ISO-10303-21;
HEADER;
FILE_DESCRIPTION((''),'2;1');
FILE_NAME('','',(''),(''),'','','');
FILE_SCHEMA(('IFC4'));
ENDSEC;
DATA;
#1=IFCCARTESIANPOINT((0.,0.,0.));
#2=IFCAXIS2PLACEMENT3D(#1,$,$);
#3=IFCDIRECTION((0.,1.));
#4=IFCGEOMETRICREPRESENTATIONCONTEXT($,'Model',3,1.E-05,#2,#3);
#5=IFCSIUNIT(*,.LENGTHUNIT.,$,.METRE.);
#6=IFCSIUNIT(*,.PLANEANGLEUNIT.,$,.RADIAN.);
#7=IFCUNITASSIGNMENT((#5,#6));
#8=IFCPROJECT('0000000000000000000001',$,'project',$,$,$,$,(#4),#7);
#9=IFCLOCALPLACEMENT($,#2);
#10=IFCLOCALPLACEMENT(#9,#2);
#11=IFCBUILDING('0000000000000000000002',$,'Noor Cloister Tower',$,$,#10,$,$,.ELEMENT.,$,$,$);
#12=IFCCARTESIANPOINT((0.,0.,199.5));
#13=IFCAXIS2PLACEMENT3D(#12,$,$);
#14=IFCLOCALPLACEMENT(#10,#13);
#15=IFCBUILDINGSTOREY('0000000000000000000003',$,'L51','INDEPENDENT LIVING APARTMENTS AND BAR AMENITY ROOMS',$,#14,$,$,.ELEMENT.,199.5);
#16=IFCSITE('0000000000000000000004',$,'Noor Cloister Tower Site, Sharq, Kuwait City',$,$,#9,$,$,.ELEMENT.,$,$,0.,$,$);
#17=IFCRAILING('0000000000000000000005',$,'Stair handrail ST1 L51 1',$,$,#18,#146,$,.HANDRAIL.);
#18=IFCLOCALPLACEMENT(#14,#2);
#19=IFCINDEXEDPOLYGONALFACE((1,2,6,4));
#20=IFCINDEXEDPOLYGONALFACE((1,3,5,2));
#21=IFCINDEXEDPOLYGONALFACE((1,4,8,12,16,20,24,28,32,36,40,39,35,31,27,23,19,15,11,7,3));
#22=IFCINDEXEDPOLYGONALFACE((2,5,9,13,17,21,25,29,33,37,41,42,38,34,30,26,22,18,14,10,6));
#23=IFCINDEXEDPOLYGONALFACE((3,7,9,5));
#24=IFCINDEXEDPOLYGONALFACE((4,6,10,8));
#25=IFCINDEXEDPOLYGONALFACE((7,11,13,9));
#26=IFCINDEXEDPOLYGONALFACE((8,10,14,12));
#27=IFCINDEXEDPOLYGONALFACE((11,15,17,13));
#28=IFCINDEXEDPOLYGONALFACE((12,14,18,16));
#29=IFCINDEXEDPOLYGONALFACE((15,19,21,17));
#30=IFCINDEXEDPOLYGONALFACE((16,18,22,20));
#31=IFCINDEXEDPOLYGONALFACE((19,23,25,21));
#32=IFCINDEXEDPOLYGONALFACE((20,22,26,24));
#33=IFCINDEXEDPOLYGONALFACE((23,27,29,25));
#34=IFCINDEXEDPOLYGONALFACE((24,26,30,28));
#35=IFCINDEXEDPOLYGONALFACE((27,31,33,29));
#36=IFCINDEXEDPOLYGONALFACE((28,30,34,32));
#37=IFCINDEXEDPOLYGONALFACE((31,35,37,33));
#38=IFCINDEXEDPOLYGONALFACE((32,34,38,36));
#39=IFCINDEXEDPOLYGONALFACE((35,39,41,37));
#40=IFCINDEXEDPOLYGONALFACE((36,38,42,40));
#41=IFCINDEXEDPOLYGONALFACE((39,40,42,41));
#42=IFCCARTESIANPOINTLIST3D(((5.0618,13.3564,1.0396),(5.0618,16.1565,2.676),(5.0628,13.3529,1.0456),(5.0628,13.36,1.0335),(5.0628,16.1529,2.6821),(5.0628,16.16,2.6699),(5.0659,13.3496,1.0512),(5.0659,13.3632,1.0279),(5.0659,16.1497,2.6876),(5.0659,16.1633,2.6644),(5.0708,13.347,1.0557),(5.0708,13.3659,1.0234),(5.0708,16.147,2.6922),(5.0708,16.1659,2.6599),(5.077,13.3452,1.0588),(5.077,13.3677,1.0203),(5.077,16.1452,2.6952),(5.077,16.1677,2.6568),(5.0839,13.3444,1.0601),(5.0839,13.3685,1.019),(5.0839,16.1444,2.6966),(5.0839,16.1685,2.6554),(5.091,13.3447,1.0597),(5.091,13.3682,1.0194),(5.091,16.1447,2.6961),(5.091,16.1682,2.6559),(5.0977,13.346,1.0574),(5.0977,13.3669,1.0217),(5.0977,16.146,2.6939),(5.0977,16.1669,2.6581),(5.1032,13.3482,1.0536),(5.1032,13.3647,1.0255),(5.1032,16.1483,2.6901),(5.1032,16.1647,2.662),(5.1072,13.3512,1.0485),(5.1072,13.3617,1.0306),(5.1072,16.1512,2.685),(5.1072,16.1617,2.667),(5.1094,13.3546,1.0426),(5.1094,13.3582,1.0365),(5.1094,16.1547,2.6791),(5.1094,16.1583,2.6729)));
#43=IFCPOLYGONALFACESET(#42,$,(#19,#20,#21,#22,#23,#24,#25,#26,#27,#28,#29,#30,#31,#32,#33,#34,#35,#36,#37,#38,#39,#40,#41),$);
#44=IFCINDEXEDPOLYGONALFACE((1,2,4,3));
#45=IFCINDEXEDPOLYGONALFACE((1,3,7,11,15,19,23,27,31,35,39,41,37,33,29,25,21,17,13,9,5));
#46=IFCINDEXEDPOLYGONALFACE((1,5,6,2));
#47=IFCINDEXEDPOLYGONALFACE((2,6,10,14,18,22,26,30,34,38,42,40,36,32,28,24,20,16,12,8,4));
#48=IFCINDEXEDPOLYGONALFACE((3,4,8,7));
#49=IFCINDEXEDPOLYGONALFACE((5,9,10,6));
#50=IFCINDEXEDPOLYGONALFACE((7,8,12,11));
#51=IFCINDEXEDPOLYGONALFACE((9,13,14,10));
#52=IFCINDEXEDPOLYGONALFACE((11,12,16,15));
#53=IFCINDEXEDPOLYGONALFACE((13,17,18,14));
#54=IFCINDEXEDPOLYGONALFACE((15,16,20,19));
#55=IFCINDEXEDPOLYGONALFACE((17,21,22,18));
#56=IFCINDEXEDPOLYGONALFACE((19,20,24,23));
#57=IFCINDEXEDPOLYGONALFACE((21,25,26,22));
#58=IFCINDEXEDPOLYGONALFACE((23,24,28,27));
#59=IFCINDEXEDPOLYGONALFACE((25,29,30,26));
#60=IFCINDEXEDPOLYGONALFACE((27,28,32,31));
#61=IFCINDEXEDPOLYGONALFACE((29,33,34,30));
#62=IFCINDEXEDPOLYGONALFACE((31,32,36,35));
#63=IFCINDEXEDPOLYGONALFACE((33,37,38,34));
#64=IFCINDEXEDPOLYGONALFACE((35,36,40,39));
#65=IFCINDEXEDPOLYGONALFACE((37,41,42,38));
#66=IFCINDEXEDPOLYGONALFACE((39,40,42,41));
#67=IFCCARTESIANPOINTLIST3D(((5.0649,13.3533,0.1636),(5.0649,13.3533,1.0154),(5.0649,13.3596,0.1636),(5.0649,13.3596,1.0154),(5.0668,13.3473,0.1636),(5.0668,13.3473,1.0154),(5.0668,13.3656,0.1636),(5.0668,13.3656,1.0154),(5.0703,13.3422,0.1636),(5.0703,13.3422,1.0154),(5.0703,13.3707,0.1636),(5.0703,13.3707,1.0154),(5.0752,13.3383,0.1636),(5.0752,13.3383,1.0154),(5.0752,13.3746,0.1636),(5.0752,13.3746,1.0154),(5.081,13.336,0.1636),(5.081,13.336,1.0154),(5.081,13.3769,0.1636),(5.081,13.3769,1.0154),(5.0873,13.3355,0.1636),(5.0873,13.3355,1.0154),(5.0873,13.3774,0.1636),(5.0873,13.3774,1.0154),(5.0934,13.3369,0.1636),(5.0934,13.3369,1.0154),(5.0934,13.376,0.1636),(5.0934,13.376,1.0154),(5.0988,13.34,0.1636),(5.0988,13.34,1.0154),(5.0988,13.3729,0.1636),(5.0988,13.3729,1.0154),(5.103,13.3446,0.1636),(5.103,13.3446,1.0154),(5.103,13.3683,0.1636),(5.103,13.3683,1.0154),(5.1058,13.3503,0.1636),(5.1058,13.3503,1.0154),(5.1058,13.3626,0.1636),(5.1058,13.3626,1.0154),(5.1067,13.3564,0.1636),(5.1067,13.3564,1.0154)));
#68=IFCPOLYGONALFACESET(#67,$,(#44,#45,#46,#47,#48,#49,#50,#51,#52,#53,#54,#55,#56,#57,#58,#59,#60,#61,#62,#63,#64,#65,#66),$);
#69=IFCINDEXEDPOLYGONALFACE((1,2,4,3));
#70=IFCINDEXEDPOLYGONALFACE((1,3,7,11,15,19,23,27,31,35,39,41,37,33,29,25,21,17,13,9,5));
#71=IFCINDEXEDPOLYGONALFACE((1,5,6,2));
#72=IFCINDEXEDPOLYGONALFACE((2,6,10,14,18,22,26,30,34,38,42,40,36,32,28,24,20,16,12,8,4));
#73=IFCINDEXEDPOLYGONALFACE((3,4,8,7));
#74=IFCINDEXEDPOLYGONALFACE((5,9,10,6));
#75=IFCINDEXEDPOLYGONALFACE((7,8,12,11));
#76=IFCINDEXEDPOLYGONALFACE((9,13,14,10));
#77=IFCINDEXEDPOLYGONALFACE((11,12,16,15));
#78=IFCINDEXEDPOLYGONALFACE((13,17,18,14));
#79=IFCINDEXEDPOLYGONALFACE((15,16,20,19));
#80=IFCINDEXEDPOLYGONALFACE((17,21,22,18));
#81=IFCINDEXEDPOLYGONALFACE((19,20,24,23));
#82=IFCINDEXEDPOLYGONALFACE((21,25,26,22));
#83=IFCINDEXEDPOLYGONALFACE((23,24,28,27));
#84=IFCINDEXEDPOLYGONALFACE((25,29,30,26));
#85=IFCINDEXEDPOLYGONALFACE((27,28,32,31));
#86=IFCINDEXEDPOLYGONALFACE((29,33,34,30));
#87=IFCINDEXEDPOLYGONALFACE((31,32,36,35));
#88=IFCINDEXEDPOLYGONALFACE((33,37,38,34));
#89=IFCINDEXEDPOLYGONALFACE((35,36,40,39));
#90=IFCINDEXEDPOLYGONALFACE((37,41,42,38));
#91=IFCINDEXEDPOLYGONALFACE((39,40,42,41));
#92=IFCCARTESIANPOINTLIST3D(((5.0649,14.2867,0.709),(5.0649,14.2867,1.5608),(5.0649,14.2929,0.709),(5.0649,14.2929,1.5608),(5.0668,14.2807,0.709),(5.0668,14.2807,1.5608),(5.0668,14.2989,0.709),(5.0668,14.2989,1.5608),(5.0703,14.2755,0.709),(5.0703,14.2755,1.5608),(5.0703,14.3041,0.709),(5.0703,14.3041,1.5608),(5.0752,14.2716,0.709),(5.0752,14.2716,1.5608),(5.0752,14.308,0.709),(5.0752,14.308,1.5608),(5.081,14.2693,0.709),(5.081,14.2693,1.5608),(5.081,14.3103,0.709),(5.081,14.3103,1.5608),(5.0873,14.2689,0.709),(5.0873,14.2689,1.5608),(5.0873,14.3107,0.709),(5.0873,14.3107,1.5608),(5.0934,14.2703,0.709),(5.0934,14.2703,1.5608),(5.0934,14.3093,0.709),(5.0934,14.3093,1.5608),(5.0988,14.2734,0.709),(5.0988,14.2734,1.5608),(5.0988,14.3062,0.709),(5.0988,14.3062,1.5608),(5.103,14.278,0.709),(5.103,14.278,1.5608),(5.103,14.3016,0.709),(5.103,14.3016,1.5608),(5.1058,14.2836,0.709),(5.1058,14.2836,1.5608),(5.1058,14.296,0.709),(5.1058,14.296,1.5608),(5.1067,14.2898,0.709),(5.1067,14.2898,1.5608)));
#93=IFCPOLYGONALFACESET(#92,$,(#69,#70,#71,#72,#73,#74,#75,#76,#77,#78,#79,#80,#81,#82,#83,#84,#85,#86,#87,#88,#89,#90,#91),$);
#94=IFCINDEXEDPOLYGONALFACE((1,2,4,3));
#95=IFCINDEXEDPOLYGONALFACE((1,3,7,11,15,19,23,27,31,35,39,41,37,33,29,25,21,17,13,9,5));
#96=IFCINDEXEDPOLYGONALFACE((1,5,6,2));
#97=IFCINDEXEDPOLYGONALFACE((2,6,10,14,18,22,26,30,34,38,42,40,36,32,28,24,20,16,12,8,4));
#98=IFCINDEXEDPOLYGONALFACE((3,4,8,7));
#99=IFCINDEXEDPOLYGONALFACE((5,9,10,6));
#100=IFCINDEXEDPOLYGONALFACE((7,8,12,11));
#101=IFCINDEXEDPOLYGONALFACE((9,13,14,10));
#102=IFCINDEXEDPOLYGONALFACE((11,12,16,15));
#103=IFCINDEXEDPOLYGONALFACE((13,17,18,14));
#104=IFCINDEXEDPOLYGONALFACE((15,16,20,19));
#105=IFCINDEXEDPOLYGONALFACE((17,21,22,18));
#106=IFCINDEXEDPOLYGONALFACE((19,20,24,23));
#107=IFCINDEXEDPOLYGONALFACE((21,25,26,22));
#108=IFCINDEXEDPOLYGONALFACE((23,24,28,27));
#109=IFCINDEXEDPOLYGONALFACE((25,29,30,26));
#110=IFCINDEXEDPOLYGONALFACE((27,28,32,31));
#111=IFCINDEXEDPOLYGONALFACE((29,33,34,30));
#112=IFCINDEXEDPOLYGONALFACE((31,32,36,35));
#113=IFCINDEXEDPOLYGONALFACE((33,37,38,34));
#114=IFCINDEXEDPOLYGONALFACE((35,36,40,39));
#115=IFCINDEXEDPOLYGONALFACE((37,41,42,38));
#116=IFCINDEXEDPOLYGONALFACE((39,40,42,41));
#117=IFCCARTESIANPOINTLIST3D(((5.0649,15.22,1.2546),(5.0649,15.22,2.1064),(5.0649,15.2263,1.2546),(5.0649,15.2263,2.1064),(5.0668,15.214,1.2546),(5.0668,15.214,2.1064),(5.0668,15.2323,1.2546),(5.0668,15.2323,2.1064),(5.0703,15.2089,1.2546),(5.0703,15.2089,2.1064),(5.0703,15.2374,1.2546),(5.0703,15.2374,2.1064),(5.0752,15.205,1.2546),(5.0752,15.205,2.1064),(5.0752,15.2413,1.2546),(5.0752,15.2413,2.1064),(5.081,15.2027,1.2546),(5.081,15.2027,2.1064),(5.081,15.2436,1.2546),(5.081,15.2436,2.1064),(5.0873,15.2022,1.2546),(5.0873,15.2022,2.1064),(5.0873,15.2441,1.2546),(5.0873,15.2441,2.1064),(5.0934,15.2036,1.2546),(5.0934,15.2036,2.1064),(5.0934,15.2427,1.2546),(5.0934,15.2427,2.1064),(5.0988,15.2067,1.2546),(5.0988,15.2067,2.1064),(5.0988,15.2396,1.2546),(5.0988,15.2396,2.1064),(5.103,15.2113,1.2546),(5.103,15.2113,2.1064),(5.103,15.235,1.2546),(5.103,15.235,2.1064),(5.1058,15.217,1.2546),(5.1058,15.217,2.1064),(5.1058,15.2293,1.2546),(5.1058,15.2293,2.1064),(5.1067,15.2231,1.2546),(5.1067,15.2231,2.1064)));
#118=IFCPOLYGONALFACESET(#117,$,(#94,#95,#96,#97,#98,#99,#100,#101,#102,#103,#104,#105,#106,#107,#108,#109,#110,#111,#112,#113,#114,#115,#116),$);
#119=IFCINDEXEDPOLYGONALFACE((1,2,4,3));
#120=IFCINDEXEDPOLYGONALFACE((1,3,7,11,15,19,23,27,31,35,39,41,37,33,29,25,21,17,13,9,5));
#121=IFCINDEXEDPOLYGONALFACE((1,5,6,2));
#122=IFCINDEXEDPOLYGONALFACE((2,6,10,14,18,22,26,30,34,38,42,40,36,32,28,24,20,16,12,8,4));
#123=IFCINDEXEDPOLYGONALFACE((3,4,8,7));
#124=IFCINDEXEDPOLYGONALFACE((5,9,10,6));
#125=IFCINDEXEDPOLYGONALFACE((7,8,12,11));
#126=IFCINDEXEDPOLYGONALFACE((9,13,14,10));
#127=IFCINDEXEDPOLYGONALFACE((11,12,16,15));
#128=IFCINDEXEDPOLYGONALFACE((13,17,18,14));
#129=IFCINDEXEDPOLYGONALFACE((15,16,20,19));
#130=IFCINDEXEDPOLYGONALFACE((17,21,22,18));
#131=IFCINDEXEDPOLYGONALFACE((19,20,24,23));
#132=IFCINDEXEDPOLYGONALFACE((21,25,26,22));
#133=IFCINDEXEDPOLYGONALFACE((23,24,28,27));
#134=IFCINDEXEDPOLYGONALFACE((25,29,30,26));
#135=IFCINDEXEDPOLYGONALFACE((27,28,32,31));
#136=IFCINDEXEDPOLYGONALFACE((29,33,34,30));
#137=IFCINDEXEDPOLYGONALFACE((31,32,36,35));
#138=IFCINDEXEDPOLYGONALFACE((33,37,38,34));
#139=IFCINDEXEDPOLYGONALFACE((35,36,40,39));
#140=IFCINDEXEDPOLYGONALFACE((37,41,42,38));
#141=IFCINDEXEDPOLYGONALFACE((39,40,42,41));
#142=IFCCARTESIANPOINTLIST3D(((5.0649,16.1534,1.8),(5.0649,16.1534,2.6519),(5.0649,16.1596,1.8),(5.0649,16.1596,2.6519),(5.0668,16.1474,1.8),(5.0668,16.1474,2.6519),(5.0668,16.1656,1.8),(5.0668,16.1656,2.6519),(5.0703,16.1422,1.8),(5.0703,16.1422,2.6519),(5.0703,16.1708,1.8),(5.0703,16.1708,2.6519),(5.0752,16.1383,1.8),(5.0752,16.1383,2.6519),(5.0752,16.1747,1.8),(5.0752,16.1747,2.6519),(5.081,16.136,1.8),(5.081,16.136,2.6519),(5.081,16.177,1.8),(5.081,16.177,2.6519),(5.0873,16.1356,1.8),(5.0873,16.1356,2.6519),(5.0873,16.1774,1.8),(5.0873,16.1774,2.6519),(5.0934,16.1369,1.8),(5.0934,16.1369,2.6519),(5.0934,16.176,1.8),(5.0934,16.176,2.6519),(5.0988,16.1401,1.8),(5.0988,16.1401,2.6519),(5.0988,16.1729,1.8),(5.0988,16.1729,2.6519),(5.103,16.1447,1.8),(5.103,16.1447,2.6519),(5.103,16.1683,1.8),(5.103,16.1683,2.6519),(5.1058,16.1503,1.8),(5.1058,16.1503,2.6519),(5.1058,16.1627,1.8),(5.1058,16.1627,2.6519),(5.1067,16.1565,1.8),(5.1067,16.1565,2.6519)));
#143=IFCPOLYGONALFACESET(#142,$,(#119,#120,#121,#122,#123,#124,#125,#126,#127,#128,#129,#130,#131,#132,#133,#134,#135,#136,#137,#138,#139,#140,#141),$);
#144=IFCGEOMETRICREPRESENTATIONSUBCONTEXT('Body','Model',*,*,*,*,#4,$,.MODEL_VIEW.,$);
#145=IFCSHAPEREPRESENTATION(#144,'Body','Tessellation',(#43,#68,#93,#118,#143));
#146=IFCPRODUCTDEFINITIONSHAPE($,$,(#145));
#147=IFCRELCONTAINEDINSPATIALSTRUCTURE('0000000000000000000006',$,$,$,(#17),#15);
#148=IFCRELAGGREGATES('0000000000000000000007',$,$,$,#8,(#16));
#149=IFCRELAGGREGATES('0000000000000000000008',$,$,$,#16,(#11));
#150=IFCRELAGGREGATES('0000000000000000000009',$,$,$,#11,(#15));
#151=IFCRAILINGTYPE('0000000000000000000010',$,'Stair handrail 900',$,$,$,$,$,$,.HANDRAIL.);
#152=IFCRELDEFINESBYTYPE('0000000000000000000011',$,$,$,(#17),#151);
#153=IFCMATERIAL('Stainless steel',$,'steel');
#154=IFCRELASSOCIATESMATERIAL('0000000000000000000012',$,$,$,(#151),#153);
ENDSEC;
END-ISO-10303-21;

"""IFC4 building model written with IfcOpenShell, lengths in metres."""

from ifc_helpers import new_model, si_unit, direction, frame, origin, origin_2d, place, context, subcontext, project, spatial, circle, extrude, material, type_object, element, save


model = new_model("IFC4")

# Units and contexts
model_context = context("Model", 3, precision=1e-05, world=origin(), true_north=direction((0.0, 1.0)))
body_context = subcontext(model_context, "Body", "Model", "MODEL_VIEW")
ifc_project = project(units=[si_unit("LENGTHUNIT", "METRE"), si_unit("PLANEANGLEUNIT", "RADIAN")], contexts=[model_context])

# Site, building, storey
site_placement = place(None, origin())
site = spatial("IfcSite", under=ifc_project, at=site_placement, Name="Noor Cloister Tower Site, Sharq, Kuwait City", CompositionType="ELEMENT", RefElevation=0.0)
building_placement = place(site_placement, origin())
building = spatial("IfcBuilding", under=site, at=building_placement, Name="Noor Cloister Tower", CompositionType="ELEMENT")
storey_placement = place(building_placement, frame((0.0, 0.0, 199.5)))
storey = spatial("IfcBuildingStorey", under=building, at=storey_placement, Name="L51", Description="INDEPENDENT LIVING APARTMENTS AND BAR AMENITY ROOMS", CompositionType="ELEMENT", Elevation=199.5)

# Railing
ifc_material_1 = material(Name="Stainless steel", Category="steel")
railing_type_1 = type_object("IfcRailingType", Name="Stair handrail 900", PredefinedType="HANDRAIL", material=ifc_material_1)
railing_1_placement = place(storey_placement, frame((5.0857, 13.3564, 0.1636)))
element("IfcRailing", 1, at=railing_1_placement, inside=storey, type_object=railing_type_1, Name="Stair handrail ST1 L51 1", PredefinedType="HANDRAIL", context=body_context, shape_type="SweptSolid", body=[
    extrude(circle(Radius=0.0239, at=origin_2d()), frame((0.0, 0.0, 0.876), z_axis=(0.0, 0.863361, 0.504587), x_axis=(-1.0, 0.0, 0.0)), (0.0, 0.0, 1.0), 3.2432),
    extrude(circle(Radius=0.021, at=origin_2d()), origin(), (0.0, 0.0, 1.0), 0.8518),
    extrude(circle(Radius=0.021, at=origin_2d()), frame((0.0, 0.9333, 0.5454)), (0.0, 0.0, 1.0), 0.8518),
    extrude(circle(Radius=0.021, at=origin_2d()), frame((0.0, 1.8667, 1.0911)), (0.0, 0.0, 1.0), 0.8518),
    extrude(circle(Radius=0.021, at=origin_2d()), frame((0.0, 2.8, 1.6365)), (0.0, 0.0, 1.0), 0.8518),
])

save(model, "model.ifc")
